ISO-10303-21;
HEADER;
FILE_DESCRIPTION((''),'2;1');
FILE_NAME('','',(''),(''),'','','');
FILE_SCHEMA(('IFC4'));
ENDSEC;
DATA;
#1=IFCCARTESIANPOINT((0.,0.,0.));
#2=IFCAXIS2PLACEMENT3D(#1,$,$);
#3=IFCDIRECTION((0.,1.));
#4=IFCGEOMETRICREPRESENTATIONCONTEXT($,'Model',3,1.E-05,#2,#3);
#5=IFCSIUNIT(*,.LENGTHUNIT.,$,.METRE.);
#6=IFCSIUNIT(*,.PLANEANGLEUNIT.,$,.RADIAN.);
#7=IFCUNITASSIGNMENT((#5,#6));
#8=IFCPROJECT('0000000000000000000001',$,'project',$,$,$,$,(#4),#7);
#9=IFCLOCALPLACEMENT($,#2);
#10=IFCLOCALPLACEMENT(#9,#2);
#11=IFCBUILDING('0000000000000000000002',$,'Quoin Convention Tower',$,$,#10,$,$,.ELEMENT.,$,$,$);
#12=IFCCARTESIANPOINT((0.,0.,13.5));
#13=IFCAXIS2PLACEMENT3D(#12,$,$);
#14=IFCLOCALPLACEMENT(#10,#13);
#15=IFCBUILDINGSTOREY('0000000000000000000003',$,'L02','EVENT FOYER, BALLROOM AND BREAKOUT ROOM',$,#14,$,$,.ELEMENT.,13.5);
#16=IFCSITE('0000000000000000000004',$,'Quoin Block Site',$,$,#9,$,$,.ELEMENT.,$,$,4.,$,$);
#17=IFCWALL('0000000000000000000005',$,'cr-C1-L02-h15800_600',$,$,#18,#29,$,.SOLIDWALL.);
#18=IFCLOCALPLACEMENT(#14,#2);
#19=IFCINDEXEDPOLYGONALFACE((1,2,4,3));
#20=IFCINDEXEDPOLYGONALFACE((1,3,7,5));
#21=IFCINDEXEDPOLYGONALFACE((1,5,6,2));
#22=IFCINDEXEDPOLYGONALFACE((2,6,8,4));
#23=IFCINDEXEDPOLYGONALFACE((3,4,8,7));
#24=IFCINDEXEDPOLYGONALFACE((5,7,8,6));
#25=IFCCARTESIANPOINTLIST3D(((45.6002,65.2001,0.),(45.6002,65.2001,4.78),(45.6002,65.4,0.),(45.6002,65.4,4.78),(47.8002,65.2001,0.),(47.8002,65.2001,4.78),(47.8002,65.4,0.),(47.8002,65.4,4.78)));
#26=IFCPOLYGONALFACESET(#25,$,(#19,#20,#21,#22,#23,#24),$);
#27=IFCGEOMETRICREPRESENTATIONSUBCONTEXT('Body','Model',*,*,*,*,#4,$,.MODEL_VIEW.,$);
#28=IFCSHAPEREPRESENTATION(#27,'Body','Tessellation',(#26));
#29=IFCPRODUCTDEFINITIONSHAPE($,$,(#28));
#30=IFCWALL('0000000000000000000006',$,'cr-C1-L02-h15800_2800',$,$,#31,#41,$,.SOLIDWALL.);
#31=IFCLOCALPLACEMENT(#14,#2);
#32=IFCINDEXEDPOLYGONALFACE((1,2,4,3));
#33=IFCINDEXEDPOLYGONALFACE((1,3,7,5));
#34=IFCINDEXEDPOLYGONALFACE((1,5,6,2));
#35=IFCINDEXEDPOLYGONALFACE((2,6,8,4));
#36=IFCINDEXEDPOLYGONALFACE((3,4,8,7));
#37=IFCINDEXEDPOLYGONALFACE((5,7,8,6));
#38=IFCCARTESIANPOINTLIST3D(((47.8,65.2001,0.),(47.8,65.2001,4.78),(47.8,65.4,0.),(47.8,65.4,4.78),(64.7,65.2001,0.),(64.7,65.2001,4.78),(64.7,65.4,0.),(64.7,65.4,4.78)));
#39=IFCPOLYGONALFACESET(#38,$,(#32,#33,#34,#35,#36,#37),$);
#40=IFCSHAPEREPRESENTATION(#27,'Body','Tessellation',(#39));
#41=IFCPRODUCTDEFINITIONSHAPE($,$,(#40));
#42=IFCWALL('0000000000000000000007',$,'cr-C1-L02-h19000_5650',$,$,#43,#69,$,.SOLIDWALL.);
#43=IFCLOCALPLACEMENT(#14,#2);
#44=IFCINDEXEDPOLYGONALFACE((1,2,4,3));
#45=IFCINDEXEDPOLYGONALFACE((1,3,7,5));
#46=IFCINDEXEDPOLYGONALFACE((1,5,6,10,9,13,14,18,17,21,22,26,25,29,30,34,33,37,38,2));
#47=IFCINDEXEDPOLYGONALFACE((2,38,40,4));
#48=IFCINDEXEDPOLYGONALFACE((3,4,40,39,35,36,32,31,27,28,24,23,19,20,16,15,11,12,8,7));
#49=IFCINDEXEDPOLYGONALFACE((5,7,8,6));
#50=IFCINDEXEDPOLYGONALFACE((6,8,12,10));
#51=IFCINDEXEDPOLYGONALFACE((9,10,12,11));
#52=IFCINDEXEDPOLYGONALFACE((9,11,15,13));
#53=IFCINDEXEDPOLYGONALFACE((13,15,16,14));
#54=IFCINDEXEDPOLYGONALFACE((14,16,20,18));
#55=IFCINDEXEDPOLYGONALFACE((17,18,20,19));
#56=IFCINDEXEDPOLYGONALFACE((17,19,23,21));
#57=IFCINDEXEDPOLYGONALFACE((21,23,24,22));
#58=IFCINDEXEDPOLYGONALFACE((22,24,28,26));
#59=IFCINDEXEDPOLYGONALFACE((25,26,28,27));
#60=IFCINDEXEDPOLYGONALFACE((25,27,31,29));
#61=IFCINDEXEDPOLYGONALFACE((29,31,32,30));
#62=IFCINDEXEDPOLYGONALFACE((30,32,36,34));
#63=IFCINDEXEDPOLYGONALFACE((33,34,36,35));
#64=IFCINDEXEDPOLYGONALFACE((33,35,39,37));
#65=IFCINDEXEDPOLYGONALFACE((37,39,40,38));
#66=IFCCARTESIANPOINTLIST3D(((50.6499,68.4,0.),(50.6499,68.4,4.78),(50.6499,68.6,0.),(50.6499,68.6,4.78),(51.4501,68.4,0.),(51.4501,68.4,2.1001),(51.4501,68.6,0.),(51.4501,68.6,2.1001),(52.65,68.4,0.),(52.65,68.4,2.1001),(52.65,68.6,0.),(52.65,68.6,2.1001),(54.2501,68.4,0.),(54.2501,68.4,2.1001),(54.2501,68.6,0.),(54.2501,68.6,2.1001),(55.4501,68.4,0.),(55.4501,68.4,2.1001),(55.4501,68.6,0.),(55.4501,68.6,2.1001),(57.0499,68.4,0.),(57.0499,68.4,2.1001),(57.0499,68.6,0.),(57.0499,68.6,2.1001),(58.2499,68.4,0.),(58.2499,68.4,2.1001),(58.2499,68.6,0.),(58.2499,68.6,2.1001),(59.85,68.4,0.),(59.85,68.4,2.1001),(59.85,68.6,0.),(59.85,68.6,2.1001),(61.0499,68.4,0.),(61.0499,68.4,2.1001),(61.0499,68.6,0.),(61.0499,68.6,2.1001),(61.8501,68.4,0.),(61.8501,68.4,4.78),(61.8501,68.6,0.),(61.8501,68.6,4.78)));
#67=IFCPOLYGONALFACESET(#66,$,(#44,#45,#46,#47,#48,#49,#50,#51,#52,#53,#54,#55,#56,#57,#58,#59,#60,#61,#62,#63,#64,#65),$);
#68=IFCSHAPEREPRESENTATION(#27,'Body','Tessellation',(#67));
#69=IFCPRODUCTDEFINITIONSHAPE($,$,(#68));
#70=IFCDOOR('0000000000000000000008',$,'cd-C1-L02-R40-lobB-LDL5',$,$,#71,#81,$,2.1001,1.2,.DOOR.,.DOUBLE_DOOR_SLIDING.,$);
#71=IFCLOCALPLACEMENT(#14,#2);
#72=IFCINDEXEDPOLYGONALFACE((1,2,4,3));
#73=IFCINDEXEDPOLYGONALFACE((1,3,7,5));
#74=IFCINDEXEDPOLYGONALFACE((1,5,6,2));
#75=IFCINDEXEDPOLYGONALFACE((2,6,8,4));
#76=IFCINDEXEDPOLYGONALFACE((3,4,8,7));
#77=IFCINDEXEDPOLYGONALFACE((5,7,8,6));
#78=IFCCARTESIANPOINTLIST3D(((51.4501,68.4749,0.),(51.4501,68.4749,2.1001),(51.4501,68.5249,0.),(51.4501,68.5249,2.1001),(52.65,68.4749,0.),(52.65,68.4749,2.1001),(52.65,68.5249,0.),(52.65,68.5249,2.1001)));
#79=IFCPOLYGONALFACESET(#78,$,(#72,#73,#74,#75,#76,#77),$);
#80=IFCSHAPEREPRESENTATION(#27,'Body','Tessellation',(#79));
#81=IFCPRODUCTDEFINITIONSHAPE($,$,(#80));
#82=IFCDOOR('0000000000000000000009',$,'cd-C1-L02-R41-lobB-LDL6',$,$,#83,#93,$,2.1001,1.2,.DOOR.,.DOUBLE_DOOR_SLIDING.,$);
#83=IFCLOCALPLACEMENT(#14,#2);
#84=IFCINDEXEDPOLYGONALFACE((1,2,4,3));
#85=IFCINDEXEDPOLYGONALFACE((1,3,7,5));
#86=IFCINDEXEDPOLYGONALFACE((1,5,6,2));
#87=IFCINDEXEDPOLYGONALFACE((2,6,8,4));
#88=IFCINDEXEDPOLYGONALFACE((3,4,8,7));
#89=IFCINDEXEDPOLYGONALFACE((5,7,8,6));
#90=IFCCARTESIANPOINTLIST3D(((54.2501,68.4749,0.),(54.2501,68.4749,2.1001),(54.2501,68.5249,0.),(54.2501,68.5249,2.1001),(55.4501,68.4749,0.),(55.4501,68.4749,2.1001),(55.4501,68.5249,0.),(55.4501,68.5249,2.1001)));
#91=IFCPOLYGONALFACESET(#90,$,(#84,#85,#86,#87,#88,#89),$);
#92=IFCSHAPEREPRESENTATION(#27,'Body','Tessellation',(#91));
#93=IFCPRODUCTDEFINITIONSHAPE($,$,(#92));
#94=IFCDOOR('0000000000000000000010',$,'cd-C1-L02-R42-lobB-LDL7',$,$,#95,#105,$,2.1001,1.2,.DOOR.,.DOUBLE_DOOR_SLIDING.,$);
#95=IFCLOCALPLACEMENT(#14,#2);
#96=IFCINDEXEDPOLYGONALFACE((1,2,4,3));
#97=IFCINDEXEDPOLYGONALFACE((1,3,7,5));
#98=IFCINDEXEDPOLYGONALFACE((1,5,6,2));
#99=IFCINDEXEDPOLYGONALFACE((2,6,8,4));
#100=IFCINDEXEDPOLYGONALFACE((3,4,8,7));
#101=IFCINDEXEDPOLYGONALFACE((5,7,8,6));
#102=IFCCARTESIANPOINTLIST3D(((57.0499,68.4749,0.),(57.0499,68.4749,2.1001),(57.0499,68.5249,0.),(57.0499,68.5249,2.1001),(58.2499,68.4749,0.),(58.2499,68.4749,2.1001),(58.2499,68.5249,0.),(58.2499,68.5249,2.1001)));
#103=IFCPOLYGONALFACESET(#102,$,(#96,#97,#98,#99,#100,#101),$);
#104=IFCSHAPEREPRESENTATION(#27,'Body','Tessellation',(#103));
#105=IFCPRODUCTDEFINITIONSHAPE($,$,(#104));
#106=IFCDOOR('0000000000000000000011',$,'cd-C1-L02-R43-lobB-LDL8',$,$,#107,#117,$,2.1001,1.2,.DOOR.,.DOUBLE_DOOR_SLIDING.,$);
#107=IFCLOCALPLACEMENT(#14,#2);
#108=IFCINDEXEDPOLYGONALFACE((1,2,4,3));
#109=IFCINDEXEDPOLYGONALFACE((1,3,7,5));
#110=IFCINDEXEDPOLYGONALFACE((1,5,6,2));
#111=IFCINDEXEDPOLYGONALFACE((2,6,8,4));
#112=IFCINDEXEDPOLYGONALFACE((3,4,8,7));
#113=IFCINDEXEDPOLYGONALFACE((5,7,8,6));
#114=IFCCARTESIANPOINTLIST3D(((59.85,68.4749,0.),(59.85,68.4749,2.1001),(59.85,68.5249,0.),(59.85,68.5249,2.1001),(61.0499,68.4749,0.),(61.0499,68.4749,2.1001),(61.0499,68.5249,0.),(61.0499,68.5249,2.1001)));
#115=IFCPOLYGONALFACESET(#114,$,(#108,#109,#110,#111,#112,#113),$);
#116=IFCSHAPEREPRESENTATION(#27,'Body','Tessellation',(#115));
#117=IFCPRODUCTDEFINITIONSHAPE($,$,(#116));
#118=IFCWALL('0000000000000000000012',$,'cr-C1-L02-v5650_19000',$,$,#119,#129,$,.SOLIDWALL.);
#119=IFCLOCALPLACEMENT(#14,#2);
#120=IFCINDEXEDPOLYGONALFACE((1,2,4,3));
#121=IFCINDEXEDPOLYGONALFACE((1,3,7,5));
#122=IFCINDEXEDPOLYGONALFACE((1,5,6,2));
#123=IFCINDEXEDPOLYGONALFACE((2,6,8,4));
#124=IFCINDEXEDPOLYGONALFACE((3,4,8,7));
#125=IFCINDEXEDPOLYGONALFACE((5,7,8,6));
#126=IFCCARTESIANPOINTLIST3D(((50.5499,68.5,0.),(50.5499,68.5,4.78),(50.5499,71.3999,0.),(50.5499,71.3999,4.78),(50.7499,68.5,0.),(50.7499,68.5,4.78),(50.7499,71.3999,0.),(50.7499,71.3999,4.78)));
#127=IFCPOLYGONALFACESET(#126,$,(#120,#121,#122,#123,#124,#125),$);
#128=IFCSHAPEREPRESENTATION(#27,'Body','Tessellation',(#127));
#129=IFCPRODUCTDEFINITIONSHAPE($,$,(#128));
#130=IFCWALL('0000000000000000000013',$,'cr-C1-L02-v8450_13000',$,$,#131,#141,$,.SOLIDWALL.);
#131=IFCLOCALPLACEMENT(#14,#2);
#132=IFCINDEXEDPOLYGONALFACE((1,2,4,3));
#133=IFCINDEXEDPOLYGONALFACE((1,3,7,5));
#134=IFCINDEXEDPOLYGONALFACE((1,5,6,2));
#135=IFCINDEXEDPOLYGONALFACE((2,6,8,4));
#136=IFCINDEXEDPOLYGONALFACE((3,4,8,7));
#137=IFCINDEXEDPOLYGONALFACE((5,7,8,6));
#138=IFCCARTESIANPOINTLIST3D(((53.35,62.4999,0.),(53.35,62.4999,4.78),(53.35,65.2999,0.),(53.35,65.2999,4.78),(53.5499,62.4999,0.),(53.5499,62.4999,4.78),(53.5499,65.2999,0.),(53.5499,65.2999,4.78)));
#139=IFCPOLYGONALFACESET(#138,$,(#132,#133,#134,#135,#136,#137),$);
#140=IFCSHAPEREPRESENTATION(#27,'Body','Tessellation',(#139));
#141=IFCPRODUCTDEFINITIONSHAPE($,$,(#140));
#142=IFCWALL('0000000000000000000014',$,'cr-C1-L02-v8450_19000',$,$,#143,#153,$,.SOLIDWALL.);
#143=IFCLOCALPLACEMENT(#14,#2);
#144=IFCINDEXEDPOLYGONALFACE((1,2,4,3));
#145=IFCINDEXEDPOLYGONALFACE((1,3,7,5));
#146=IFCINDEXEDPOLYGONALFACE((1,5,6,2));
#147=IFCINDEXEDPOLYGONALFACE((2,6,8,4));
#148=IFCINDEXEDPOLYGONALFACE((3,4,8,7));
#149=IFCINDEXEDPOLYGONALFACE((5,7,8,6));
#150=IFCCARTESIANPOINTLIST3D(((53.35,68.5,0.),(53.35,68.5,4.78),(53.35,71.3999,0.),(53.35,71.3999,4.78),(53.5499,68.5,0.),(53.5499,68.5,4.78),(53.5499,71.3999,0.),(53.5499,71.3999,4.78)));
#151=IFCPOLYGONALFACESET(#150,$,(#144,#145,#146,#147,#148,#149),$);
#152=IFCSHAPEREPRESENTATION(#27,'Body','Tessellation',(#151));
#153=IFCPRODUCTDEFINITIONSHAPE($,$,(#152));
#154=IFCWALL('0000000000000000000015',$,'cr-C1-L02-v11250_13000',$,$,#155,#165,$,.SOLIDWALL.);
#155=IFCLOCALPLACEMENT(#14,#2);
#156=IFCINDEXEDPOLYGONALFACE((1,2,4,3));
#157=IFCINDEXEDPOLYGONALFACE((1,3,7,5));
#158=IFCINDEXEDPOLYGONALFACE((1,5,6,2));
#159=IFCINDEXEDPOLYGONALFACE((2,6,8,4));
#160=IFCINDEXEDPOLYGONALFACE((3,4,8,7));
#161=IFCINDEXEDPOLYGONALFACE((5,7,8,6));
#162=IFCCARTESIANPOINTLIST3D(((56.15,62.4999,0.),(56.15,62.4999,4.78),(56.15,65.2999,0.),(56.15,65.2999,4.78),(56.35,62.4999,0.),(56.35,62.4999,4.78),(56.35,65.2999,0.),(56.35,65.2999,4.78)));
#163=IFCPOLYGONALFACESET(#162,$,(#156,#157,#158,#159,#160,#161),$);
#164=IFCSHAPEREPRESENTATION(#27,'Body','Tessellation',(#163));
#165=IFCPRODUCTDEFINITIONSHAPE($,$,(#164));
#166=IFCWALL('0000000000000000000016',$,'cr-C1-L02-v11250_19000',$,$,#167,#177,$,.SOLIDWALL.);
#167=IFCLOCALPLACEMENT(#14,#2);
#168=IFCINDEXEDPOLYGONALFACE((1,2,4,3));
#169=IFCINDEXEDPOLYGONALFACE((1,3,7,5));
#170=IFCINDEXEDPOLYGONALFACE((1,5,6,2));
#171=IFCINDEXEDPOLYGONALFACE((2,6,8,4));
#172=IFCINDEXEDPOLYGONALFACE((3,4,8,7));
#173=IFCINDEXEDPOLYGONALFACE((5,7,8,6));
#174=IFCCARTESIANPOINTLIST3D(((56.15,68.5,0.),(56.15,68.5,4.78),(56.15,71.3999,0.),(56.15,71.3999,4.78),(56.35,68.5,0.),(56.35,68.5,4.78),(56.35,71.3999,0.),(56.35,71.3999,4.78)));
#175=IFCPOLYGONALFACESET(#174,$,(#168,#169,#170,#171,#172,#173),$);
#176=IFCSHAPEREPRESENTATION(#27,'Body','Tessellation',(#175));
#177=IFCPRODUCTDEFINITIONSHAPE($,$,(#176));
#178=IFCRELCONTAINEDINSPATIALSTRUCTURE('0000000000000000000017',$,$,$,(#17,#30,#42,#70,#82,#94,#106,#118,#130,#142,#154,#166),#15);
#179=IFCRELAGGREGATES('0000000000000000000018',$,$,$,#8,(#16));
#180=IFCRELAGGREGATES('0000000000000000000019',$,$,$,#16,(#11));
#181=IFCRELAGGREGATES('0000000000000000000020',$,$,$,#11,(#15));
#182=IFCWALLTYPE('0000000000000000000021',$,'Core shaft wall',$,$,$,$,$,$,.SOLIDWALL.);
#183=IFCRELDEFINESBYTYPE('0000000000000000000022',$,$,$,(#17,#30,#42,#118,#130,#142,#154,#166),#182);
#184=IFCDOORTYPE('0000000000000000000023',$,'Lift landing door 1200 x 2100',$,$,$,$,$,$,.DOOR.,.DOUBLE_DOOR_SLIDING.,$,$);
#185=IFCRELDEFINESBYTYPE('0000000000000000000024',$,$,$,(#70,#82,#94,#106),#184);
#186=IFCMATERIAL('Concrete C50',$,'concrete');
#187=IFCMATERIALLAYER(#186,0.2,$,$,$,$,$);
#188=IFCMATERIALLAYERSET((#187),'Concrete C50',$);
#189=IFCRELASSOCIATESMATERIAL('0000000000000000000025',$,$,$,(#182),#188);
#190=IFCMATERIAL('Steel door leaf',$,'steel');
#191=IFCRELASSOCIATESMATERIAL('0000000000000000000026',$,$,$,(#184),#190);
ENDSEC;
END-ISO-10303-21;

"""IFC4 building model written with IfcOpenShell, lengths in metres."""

from ifc_helpers import new_model, si_unit, direction, frame, frame_2d, origin, place, context, subcontext, project, spatial, rectangle, extrude, material, layer, layer_set, type_object, element, fill, save


model = new_model("IFC4")

# Units and contexts
model_context = context("Model", 3, precision=1e-05, world=origin(), true_north=direction((0.0, 1.0)))
body_context = subcontext(model_context, "Body", "Model", "MODEL_VIEW")
ifc_project = project(units=[si_unit("LENGTHUNIT", "METRE"), si_unit("PLANEANGLEUNIT", "RADIAN")], contexts=[model_context])

# Site, building, storey
site_placement = place(None, origin())
site = spatial("IfcSite", under=ifc_project, at=site_placement, Name="Quoin Block Site", CompositionType="ELEMENT", RefElevation=4.0)
building_placement = place(site_placement, origin())
building = spatial("IfcBuilding", under=site, at=building_placement, Name="Quoin Convention Tower", CompositionType="ELEMENT")
storey_placement = place(building_placement, frame((0.0, 0.0, 13.5)))
storey = spatial("IfcBuildingStorey", under=building, at=storey_placement, Name="L02", Description="EVENT FOYER, BALLROOM AND BREAKOUT ROOM", CompositionType="ELEMENT", Elevation=13.5)

# Shared definitions
ifc_material_1 = material(Name="Steel door leaf", Category="steel")

# Walls
ifc_material_2 = material(Name="Concrete C50", Category="concrete")
ifc_layer_1 = layer(ifc_material_2, 0.2)
ifc_layer_set_1 = layer_set([ifc_layer_1], Name="Concrete C50")
wall_type_1 = type_object("IfcWallType", Name="Core shaft wall", PredefinedType="SOLIDWALL", material=ifc_layer_set_1)
wall_1_placement = place(storey_placement, frame((45.6001, 65.3, 0.0), z_axis=(0.0, 0.0, 1.0), x_axis=(1.0, 0.0, 0.0)))
element("IfcWall", 1, at=wall_1_placement, inside=storey, type_object=wall_type_1, Name="cr-C1-L02-h15800_600", PredefinedType="SOLIDWALL", context=body_context, shape_type="SweptSolid", body=[
    extrude(rectangle(XDim=2.2, YDim=0.2, at=frame_2d((1.1001, 0.0))), origin(), (0.0, 0.0, 1.0), 4.78),
])
wall_2_placement = place(storey_placement, frame((47.8, 65.3, 0.0), z_axis=(0.0, 0.0, 1.0), x_axis=(1.0, 0.0, 0.0)))
element("IfcWall", 2, at=wall_2_placement, inside=storey, type_object=wall_type_1, Name="cr-C1-L02-h15800_2800", PredefinedType="SOLIDWALL", context=body_context, shape_type="SweptSolid", body=[
    extrude(rectangle(XDim=16.8999, YDim=0.2, at=frame_2d((8.45, 0.0))), origin(), (0.0, 0.0, 1.0), 4.78),
])

# Wall, openings, doors
wall_3_placement = place(storey_placement, frame((50.6499, 68.5, 0.0), z_axis=(0.0, 0.0, 1.0), x_axis=(1.0, 0.0, 0.0)))
wall_3 = element("IfcWall", 3, at=wall_3_placement, inside=storey, type_object=wall_type_1, Name="cr-C1-L02-h19000_5650", PredefinedType="SOLIDWALL", context=body_context, shape_type="SweptSolid", body=[
    extrude(rectangle(XDim=11.2002, YDim=0.2, at=frame_2d((5.6001, 0.0))), origin(), (0.0, 0.0, 1.0), 4.78),
])
opening_1_placement = place(wall_3_placement, frame((0.8, 0.0, 0.0)))
opening_1 = element("IfcOpeningElement", 4, at=opening_1_placement, cuts=wall_3, PredefinedType="OPENING", context=body_context, shape_type="SweptSolid", body=[
    extrude(rectangle(XDim=1.2, YDim=2.1001, at=frame_2d((0.6001, 1.05))), frame((0.0, 0.1099, 0.0), z_axis=(0.0, -1.0, 0.0), x_axis=(1.0, 0.0, 0.0)), (0.0, 0.0, 1.0), 0.22),
])
opening_2_placement = place(wall_3_placement, frame((3.6001, 0.0, 0.0)))
opening_2 = element("IfcOpeningElement", 5, at=opening_2_placement, cuts=wall_3, PredefinedType="OPENING", context=body_context, shape_type="SweptSolid", body=[
    extrude(rectangle(XDim=1.2, YDim=2.1001, at=frame_2d((0.6001, 1.05))), frame((0.0, 0.1099, 0.0), z_axis=(0.0, -1.0, 0.0), x_axis=(1.0, 0.0, 0.0)), (0.0, 0.0, 1.0), 0.22),
])
opening_3_placement = place(wall_3_placement, frame((6.3999, 0.0, 0.0)))
opening_3 = element("IfcOpeningElement", 6, at=opening_3_placement, cuts=wall_3, PredefinedType="OPENING", context=body_context, shape_type="SweptSolid", body=[
    extrude(rectangle(XDim=1.2, YDim=2.1001, at=frame_2d((0.6001, 1.05))), frame((0.0, 0.1099, 0.0), z_axis=(0.0, -1.0, 0.0), x_axis=(1.0, 0.0, 0.0)), (0.0, 0.0, 1.0), 0.22),
])
opening_4_placement = place(wall_3_placement, frame((9.2, 0.0, 0.0)))
opening_4 = element("IfcOpeningElement", 7, at=opening_4_placement, cuts=wall_3, PredefinedType="OPENING", context=body_context, shape_type="SweptSolid", body=[
    extrude(rectangle(XDim=1.2, YDim=2.1001, at=frame_2d((0.6001, 1.05))), frame((0.0, 0.1099, 0.0), z_axis=(0.0, -1.0, 0.0), x_axis=(1.0, 0.0, 0.0)), (0.0, 0.0, 1.0), 0.22),
])
door_type_1 = type_object("IfcDoorType", Name="Lift landing door 1200 x 2100", OperationType="DOUBLE_DOOR_SLIDING", PredefinedType="DOOR", material=ifc_material_1)
door_1_placement = place(opening_1_placement, origin())
door_1 = element("IfcDoor", 8, at=door_1_placement, inside=storey, type_object=door_type_1, Name="cd-C1-L02-R40-lobB-LDL5", OperationType="DOUBLE_DOOR_SLIDING", OverallHeight=2.1001, OverallWidth=1.2, PredefinedType="DOOR", context=body_context, shape_type="SweptSolid", body=[
    extrude(rectangle(XDim=1.2, YDim=2.1001, at=frame_2d((0.6001, 1.05))), frame((0.0, 0.0249, 0.0), z_axis=(0.0, -1.0, 0.0), x_axis=(1.0, 0.0, 0.0)), (0.0, 0.0, 1.0), 0.05),
])
fill(opening_1, door_1)
door_2_placement = place(opening_2_placement, origin())
door_2 = element("IfcDoor", 9, at=door_2_placement, inside=storey, type_object=door_type_1, Name="cd-C1-L02-R41-lobB-LDL6", OperationType="DOUBLE_DOOR_SLIDING", OverallHeight=2.1001, OverallWidth=1.2, PredefinedType="DOOR", context=body_context, shape_type="SweptSolid", body=[
    extrude(rectangle(XDim=1.2, YDim=2.1001, at=frame_2d((0.6001, 1.05))), frame((0.0, 0.0249, 0.0), z_axis=(0.0, -1.0, 0.0), x_axis=(1.0, 0.0, 0.0)), (0.0, 0.0, 1.0), 0.05),
])
fill(opening_2, door_2)
door_3_placement = place(opening_3_placement, origin())
door_3 = element("IfcDoor", 10, at=door_3_placement, inside=storey, type_object=door_type_1, Name="cd-C1-L02-R42-lobB-LDL7", OperationType="DOUBLE_DOOR_SLIDING", OverallHeight=2.1001, OverallWidth=1.2, PredefinedType="DOOR", context=body_context, shape_type="SweptSolid", body=[
    extrude(rectangle(XDim=1.2, YDim=2.1001, at=frame_2d((0.6001, 1.05))), frame((0.0, 0.0249, 0.0), z_axis=(0.0, -1.0, 0.0), x_axis=(1.0, 0.0, 0.0)), (0.0, 0.0, 1.0), 0.05),
])
fill(opening_3, door_3)
door_4_placement = place(opening_4_placement, origin())
door_4 = element("IfcDoor", 11, at=door_4_placement, inside=storey, type_object=door_type_1, Name="cd-C1-L02-R43-lobB-LDL8", OperationType="DOUBLE_DOOR_SLIDING", OverallHeight=2.1001, OverallWidth=1.2, PredefinedType="DOOR", context=body_context, shape_type="SweptSolid", body=[
    extrude(rectangle(XDim=1.2, YDim=2.1001, at=frame_2d((0.6001, 1.05))), frame((0.0, 0.0249, 0.0), z_axis=(0.0, -1.0, 0.0), x_axis=(1.0, 0.0, 0.0)), (0.0, 0.0, 1.0), 0.05),
])
fill(opening_4, door_4)

# Walls
wall_4_placement = place(storey_placement, frame((50.6499, 68.5, 0.0), z_axis=(0.0, 0.0, 1.0), x_axis=(0.0, 1.0, 0.0)))
element("IfcWall", 12, at=wall_4_placement, inside=storey, type_object=wall_type_1, Name="cr-C1-L02-v5650_19000", PredefinedType="SOLIDWALL", context=body_context, shape_type="SweptSolid", body=[
    extrude(rectangle(XDim=2.8999, YDim=0.2, at=frame_2d((1.45, 0.0))), origin(), (0.0, 0.0, 1.0), 4.78),
])
wall_5_placement = place(storey_placement, frame((53.45, 62.5, 0.0), z_axis=(0.0, 0.0, 1.0), x_axis=(0.0, 1.0, 0.0)))
element("IfcWall", 13, at=wall_5_placement, inside=storey, type_object=wall_type_1, Name="cr-C1-L02-v8450_13000", PredefinedType="SOLIDWALL", context=body_context, shape_type="SweptSolid", body=[
    extrude(rectangle(XDim=2.8, YDim=0.2, at=frame_2d((1.3999, 0.0))), origin(), (0.0, 0.0, 1.0), 4.78),
])
wall_6_placement = place(storey_placement, frame((53.45, 68.5, 0.0), z_axis=(0.0, 0.0, 1.0), x_axis=(0.0, 1.0, 0.0)))
element("IfcWall", 14, at=wall_6_placement, inside=storey, type_object=wall_type_1, Name="cr-C1-L02-v8450_19000", PredefinedType="SOLIDWALL", context=body_context, shape_type="SweptSolid", body=[
    extrude(rectangle(XDim=2.8999, YDim=0.2, at=frame_2d((1.45, 0.0))), origin(), (0.0, 0.0, 1.0), 4.78),
])
wall_7_placement = place(storey_placement, frame((56.25, 62.5, 0.0), z_axis=(0.0, 0.0, 1.0), x_axis=(0.0, 1.0, 0.0)))
element("IfcWall", 15, at=wall_7_placement, inside=storey, type_object=wall_type_1, Name="cr-C1-L02-v11250_13000", PredefinedType="SOLIDWALL", context=body_context, shape_type="SweptSolid", body=[
    extrude(rectangle(XDim=2.8, YDim=0.2, at=frame_2d((1.3999, 0.0))), origin(), (0.0, 0.0, 1.0), 4.78),
])
wall_8_placement = place(storey_placement, frame((56.25, 68.5, 0.0), z_axis=(0.0, 0.0, 1.0), x_axis=(0.0, 1.0, 0.0)))
element("IfcWall", 16, at=wall_8_placement, inside=storey, type_object=wall_type_1, Name="cr-C1-L02-v11250_19000", PredefinedType="SOLIDWALL", context=body_context, shape_type="SweptSolid", body=[
    extrude(rectangle(XDim=2.8999, YDim=0.2, at=frame_2d((1.45, 0.0))), origin(), (0.0, 0.0, 1.0), 4.78),
])

save(model, "model.ifc")
